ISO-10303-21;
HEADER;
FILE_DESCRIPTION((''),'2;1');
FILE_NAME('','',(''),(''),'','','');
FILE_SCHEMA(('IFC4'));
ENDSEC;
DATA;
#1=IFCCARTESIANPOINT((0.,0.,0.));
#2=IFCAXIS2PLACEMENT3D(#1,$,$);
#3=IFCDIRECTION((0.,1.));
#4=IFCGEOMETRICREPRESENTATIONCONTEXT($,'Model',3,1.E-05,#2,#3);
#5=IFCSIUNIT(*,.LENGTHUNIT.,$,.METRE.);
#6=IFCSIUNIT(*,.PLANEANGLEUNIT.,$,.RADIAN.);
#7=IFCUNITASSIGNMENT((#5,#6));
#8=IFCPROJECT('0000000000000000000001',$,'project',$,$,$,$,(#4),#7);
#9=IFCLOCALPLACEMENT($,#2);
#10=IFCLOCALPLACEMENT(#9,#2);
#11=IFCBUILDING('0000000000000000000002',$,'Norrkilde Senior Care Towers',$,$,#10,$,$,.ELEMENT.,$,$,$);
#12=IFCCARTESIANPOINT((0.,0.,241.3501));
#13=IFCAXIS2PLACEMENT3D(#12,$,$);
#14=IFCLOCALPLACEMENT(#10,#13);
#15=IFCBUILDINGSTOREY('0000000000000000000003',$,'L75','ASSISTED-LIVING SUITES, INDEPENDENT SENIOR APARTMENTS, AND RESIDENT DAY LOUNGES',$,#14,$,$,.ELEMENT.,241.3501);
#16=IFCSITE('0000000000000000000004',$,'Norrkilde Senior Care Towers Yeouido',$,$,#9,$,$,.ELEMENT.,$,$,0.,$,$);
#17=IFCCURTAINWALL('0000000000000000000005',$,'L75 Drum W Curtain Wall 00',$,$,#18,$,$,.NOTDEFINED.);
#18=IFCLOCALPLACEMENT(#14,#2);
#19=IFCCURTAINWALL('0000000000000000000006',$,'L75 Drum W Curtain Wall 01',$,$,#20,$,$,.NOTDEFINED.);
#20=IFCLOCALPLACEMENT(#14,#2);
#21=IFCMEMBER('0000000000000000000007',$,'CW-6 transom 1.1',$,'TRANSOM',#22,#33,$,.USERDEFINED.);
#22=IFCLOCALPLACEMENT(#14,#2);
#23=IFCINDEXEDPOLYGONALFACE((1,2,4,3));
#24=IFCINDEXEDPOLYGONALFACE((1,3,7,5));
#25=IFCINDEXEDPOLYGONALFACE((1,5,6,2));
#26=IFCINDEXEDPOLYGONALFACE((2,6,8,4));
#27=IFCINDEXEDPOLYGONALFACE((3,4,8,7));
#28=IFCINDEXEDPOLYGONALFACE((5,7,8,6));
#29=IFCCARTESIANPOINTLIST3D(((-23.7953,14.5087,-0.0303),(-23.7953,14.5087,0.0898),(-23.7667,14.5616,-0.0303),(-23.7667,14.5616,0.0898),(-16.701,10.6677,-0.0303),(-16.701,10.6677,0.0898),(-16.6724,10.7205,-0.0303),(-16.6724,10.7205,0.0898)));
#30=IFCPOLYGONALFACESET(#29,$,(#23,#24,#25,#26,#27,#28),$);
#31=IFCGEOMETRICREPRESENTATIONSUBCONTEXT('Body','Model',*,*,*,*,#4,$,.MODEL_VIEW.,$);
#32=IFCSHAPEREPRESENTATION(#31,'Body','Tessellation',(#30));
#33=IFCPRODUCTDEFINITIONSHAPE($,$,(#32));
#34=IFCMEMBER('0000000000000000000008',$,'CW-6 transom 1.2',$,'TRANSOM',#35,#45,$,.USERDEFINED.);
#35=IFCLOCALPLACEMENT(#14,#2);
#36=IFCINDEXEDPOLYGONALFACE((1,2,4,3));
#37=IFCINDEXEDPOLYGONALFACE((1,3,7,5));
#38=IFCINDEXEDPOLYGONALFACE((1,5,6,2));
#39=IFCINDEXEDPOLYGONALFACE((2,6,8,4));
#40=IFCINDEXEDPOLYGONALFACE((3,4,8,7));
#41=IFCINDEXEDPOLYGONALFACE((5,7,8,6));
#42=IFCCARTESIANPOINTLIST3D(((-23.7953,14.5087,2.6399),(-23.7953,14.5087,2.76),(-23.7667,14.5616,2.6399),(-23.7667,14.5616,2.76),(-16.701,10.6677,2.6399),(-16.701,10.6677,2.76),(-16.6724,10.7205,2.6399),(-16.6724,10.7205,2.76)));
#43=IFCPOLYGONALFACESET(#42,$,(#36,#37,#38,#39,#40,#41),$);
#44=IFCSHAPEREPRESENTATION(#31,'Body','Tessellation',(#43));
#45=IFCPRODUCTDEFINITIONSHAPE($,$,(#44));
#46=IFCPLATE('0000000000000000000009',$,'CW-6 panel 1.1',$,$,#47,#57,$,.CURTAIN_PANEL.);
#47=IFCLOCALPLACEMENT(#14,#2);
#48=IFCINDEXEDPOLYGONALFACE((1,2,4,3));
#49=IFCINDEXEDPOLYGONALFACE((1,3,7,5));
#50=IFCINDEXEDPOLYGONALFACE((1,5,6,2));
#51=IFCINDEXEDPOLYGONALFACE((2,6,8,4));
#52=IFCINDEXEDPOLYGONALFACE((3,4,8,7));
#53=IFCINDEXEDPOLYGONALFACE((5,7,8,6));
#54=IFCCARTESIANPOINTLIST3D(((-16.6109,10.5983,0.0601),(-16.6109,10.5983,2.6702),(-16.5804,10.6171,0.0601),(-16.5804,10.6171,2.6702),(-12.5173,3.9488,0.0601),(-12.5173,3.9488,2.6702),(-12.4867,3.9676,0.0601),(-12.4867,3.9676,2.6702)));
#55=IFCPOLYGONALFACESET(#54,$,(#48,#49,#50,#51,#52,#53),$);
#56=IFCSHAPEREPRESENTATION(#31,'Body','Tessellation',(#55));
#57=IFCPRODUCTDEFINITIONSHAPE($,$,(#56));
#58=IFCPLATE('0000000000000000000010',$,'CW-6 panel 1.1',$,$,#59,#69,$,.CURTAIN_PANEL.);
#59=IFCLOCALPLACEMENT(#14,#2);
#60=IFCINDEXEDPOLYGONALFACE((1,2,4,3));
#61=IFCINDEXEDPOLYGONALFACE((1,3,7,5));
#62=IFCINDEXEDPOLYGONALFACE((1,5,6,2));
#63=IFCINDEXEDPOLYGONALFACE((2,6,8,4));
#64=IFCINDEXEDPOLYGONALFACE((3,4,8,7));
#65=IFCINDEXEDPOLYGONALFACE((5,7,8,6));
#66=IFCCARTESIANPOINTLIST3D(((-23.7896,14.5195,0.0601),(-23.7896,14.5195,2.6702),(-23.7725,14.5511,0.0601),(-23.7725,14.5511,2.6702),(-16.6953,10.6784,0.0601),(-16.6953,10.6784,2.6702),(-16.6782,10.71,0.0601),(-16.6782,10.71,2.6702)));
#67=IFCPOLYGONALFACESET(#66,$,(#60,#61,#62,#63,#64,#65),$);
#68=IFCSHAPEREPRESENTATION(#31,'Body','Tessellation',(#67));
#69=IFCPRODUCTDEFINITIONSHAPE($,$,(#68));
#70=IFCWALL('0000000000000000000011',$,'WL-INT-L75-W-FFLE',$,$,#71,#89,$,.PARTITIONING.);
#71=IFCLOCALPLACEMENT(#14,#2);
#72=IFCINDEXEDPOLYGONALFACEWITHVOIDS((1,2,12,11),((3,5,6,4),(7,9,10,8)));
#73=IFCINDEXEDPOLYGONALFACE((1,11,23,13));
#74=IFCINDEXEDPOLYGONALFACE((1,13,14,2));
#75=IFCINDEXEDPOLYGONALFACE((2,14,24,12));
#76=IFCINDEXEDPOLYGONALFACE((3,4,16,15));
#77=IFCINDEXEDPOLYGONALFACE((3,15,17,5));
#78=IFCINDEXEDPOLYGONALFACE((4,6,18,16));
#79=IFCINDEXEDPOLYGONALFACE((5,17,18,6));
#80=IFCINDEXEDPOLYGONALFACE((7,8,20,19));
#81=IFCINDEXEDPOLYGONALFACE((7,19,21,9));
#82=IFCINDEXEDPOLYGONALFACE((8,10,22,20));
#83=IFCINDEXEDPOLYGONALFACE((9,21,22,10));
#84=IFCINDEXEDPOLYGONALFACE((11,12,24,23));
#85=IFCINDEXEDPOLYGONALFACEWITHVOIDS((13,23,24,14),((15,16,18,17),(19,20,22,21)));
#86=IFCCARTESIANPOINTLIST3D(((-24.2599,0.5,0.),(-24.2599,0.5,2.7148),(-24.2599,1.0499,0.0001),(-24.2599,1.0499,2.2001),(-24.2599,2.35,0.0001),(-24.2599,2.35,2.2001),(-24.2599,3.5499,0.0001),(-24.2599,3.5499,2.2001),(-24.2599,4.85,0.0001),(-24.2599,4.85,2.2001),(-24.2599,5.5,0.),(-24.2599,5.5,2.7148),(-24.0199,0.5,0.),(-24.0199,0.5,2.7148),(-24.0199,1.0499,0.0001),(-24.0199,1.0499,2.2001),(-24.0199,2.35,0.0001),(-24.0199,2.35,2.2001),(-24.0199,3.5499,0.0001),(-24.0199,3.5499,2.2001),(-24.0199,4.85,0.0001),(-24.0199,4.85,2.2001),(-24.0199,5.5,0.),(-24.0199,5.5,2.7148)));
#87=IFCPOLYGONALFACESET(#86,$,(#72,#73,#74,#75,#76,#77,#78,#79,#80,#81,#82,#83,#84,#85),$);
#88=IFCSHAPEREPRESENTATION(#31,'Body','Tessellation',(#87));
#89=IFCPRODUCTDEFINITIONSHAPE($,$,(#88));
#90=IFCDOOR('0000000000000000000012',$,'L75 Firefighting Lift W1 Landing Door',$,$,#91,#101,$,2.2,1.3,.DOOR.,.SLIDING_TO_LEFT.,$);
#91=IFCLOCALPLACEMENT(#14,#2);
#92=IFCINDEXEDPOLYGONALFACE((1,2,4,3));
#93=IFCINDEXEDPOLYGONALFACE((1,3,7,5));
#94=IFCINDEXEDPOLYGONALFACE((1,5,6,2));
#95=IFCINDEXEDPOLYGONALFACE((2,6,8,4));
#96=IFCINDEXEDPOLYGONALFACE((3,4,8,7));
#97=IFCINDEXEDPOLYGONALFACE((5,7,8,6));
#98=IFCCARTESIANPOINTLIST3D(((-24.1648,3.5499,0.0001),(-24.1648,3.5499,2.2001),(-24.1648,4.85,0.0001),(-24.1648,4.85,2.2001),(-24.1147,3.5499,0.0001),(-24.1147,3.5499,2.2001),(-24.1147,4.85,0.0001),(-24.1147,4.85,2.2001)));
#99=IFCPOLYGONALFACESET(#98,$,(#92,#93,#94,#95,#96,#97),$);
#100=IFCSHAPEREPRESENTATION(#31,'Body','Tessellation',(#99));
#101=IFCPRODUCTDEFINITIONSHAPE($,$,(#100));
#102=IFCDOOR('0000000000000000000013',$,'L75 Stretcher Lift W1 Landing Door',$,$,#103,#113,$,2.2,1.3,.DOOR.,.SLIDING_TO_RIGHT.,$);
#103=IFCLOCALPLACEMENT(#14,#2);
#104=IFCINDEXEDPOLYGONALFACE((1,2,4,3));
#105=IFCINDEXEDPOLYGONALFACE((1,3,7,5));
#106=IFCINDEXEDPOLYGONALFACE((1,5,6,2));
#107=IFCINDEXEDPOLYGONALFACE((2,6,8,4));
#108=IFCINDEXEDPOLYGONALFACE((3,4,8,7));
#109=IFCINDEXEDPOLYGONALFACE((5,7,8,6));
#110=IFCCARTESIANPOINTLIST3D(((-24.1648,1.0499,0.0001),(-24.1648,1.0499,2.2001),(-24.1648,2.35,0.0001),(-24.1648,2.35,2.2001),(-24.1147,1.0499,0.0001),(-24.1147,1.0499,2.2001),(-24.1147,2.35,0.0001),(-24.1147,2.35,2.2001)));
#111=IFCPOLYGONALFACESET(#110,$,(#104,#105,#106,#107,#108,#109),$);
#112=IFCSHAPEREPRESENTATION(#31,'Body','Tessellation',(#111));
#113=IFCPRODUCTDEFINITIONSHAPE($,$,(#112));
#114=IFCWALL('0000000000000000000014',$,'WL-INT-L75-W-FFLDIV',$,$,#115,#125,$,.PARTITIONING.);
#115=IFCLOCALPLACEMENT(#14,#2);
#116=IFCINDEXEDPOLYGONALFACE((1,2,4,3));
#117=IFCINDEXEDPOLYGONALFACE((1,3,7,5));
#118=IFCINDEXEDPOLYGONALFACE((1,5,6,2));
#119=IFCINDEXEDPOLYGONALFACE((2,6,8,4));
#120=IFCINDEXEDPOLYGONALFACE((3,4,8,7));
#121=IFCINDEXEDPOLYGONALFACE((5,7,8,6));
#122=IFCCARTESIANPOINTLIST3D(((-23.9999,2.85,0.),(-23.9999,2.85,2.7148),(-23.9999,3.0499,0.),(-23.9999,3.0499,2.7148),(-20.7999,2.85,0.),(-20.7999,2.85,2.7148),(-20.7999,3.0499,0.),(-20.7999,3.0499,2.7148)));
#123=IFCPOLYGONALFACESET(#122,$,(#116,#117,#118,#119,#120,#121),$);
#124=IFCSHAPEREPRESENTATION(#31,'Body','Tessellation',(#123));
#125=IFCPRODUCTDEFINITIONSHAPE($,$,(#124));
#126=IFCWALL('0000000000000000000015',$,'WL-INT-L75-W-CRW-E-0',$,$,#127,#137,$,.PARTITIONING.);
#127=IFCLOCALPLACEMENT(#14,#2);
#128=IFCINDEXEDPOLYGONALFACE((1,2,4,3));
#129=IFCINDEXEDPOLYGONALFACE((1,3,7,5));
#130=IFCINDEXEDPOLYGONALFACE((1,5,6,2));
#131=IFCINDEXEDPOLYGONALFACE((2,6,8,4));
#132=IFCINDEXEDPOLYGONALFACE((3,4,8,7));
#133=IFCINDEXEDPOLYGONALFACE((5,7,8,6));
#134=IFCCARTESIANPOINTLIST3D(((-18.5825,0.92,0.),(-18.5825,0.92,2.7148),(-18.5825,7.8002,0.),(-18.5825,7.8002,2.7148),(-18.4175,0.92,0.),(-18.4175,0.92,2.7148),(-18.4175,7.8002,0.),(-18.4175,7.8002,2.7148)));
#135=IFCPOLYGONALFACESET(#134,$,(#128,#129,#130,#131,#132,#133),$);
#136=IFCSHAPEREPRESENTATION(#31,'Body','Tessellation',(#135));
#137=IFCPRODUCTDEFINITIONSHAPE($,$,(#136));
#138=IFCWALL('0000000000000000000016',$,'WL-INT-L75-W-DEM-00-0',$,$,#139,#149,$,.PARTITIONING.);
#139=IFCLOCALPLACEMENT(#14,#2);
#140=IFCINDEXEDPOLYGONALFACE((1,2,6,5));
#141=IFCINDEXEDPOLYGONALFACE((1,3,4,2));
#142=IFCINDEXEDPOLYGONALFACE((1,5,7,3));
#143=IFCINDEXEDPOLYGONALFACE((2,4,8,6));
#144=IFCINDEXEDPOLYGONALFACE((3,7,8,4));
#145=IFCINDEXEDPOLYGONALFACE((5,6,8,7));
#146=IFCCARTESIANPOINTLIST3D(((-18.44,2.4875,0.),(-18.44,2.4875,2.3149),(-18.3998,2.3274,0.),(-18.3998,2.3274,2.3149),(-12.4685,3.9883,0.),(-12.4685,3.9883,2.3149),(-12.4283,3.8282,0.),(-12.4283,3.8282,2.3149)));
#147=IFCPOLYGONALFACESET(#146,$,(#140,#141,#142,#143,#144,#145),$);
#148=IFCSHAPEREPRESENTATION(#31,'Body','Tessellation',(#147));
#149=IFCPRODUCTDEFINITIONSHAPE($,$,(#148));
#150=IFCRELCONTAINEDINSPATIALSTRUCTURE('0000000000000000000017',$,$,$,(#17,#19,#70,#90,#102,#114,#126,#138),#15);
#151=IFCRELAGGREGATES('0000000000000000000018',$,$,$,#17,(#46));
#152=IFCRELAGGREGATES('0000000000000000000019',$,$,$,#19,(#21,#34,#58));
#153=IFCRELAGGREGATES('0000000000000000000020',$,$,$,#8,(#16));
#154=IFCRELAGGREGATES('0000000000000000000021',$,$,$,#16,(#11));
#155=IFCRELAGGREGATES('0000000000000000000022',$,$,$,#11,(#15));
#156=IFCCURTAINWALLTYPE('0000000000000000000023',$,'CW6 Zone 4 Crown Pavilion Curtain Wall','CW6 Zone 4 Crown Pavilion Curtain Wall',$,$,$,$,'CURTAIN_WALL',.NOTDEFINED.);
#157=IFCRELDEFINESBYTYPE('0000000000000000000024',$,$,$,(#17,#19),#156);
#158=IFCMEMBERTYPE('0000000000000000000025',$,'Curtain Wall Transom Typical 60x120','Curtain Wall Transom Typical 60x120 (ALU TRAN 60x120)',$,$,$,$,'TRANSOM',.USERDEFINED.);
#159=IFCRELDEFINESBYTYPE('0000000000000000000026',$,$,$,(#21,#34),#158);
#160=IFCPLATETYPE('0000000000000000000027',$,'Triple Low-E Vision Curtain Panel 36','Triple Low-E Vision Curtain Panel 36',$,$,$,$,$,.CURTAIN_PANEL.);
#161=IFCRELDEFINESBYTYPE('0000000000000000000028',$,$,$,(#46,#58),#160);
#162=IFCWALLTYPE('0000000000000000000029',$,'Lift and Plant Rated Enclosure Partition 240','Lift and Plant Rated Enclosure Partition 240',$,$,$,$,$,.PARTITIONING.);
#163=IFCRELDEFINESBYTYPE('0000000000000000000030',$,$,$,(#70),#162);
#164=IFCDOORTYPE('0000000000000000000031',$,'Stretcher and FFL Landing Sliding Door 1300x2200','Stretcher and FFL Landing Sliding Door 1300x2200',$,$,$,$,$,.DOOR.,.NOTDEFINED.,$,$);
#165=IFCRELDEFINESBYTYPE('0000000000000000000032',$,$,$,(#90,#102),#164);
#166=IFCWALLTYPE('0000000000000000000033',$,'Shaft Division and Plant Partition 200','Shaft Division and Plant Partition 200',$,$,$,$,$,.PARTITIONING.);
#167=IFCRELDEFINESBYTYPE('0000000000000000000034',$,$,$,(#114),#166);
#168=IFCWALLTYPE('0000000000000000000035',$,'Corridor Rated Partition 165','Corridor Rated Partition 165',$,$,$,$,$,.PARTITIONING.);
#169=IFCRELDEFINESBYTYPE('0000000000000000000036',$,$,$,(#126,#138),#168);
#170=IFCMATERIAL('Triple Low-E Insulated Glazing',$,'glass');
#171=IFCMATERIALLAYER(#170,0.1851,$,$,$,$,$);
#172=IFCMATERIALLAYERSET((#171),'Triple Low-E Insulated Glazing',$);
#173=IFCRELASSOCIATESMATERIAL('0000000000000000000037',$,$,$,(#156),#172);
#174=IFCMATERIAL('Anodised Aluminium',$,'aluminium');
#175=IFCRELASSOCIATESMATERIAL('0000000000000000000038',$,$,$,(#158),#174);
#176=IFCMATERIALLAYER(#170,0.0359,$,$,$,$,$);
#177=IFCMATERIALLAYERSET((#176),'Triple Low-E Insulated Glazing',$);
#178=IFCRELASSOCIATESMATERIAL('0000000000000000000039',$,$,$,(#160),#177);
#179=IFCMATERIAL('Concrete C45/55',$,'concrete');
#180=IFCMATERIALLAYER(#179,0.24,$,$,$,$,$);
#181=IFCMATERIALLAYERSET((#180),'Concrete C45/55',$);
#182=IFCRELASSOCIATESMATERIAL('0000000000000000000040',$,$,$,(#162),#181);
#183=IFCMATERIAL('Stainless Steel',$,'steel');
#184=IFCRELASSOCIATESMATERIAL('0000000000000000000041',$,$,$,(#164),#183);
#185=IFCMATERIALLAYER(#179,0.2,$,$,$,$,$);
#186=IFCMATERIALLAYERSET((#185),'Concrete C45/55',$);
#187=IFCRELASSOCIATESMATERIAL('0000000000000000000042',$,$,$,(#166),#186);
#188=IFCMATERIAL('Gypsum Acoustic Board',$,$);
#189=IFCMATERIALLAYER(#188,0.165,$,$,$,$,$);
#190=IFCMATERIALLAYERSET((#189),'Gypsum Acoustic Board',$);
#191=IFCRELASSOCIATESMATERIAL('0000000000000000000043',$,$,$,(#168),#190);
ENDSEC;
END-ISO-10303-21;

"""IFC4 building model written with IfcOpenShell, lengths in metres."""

from ifc_helpers import new_model, si_unit, direction, frame, frame_2d, origin, origin_2d, place, context, subcontext, project, spatial, rectangle, extrude, source, transform, mapped, material, layer, layer_set, material_profile, profile_set, type_object, type_shapes, element, fill, aggregate, save


model = new_model("IFC4")

# Units and contexts
model_context = context("Model", 3, precision=1e-05, world=origin(), true_north=direction((0.0, 1.0)))
body_context = subcontext(model_context, "Body", "Model", "MODEL_VIEW")
ifc_project = project(units=[si_unit("LENGTHUNIT", "METRE"), si_unit("PLANEANGLEUNIT", "RADIAN")], contexts=[model_context])

# Site, building, storey
site_placement = place(None, origin())
site = spatial("IfcSite", under=ifc_project, at=site_placement, Name="Norrkilde Senior Care Towers Yeouido", CompositionType="ELEMENT", RefElevation=0.0)
building_placement = place(site_placement, origin())
building = spatial("IfcBuilding", under=site, at=building_placement, Name="Norrkilde Senior Care Towers", CompositionType="ELEMENT")
storey_placement = place(building_placement, frame((0.0, 0.0, 241.3501)))
storey = spatial("IfcBuildingStorey", under=building, at=storey_placement, Name="L75", Description="ASSISTED-LIVING SUITES, INDEPENDENT SENIOR APARTMENTS, AND RESIDENT DAY LOUNGES", CompositionType="ELEMENT", Elevation=241.3501)

# Curtain wall
ifc_material_1 = material(Name="Triple Low-E Insulated Glazing", Category="glass")
ifc_layer_1 = layer(ifc_material_1, 0.1851)
ifc_layer_set_1 = layer_set([ifc_layer_1], Name="Triple Low-E Insulated Glazing")
curtain_wall_type = type_object("IfcCurtainWallType", Name="CW6 Zone 4 Crown Pavilion Curtain Wall", Description="CW6 Zone 4 Crown Pavilion Curtain Wall", ElementType="CURTAIN_WALL", PredefinedType="NOTDEFINED", material=ifc_layer_set_1)
curtain_wall_1_placement = place(storey_placement, origin())
curtain_wall_1 = element("IfcCurtainWall", 1, at=curtain_wall_1_placement, inside=storey, type_object=curtain_wall_type, Name="L75 Drum W Curtain Wall 00", PredefinedType="NOTDEFINED")
ifc_material_2 = material(Name="Anodised Aluminium", Category="aluminium")

# Curtain wall
curtain_wall_2_placement = place(storey_placement, origin())
curtain_wall_2 = element("IfcCurtainWall", 2, at=curtain_wall_2_placement, inside=storey, type_object=curtain_wall_type, Name="L75 Drum W Curtain Wall 01", PredefinedType="NOTDEFINED")

# Members
ifc_material_profile_1 = material_profile(ifc_material_2, rectangle(XDim=0.0601, YDim=0.1201, at=origin_2d()), Name="ALU TRAN 60x120")
ifc_profile_set_1 = profile_set([ifc_material_profile_1], Name="Anodised Aluminium")
member_type_1 = type_object("IfcMemberType", Name="Curtain Wall Transom Typical 60x120", Description="Curtain Wall Transom Typical 60x120 (ALU TRAN 60x120)", ElementType="TRANSOM", PredefinedType="USERDEFINED", material=ifc_profile_set_1)
shared_shape_1 = source(origin(), body_context, "Body", "SweptSolid", [
    extrude(rectangle(XDim=0.0601, YDim=0.1201, at=origin_2d()), origin(), (0.0, 0.0, 1.0), 8.0674),
])
member_1_placement = place(storey_placement, frame((-23.781, 14.5352, 0.0298), z_axis=(0.879378, -0.476125, 0.0), x_axis=(0.476125, 0.879378, 0.0)))
member_1 = element("IfcMember", 3, at=member_1_placement, type_object=member_type_1, Name="CW-6 transom 1.1", ObjectType="TRANSOM", PredefinedType="USERDEFINED", context=body_context, shape_type="MappedRepresentation", body=[
    mapped(shared_shape_1, transform((0.0, 0.0, 0.0), x_axis=(1.0, 0.0, 0.0), y_axis=(0.0, 1.0, 0.0), z_axis=(0.0, 0.0, 1.0), scale=1.0)),
])
member_2_placement = place(storey_placement, frame((-23.781, 14.5352, 2.7), z_axis=(0.879378, -0.476125, 0.0), x_axis=(0.476125, 0.879378, 0.0)))
member_2 = element("IfcMember", 4, at=member_2_placement, type_object=member_type_1, Name="CW-6 transom 1.2", ObjectType="TRANSOM", PredefinedType="USERDEFINED", context=body_context, shape_type="MappedRepresentation", body=[
    mapped(shared_shape_1, transform((0.0, 0.0, 0.0), x_axis=(1.0, 0.0, 0.0), y_axis=(0.0, 1.0, 0.0), z_axis=(0.0, 0.0, 1.0), scale=1.0)),
])

# Plates
ifc_layer_2 = layer(ifc_material_1, 0.0359)
ifc_layer_set_2 = layer_set([ifc_layer_2], Name="Triple Low-E Insulated Glazing")
plate_type = type_object("IfcPlateType", Name="Triple Low-E Vision Curtain Panel 36", Description="Triple Low-E Vision Curtain Panel 36", PredefinedType="CURTAIN_PANEL", material=ifc_layer_set_2)
shared_shape_2 = source(origin(), body_context, "Body", "SweptSolid", [
    extrude(rectangle(XDim=7.8086, YDim=0.0359, at=origin_2d()), origin(), (0.0, 0.0, 1.0), 2.6101),
])
plate_1_placement = place(storey_placement, frame((-14.5488, 7.283, 0.0601), z_axis=(0.0, 0.0, 1.0), x_axis=(0.524253, -0.851563, 0.0)))
plate_1 = element("IfcPlate", 5, at=plate_1_placement, type_object=plate_type, Name="CW-6 panel 1.1", PredefinedType="CURTAIN_PANEL", context=body_context, shape_type="MappedRepresentation", body=[
    mapped(shared_shape_2, transform((0.0, 0.0, 0.0), x_axis=(1.0, 0.0, 0.0), y_axis=(0.0, 1.0, 0.0), z_axis=(0.0, 0.0, 1.0), scale=1.0)),
])
aggregate(curtain_wall_1, [plate_1])
shared_shape_3 = source(origin(), body_context, "Body", "SweptSolid", [
    extrude(rectangle(XDim=8.0674, YDim=0.0359, at=origin_2d()), origin(), (0.0, 0.0, 1.0), 2.6101),
])
type_shapes(plate_type, [shared_shape_2, shared_shape_3])
plate_2_placement = place(storey_placement, frame((-20.2339, 12.6147, 0.0601), z_axis=(0.0, 0.0, 1.0), x_axis=(0.879373, -0.476133, 0.0)))
plate_2 = element("IfcPlate", 6, at=plate_2_placement, type_object=plate_type, Name="CW-6 panel 1.1", PredefinedType="CURTAIN_PANEL", context=body_context, shape_type="MappedRepresentation", body=[
    mapped(shared_shape_3, transform((0.0, 0.0, 0.0), x_axis=(1.0, 0.0, 0.0), y_axis=(0.0, 1.0, 0.0), z_axis=(0.0, 0.0, 1.0), scale=1.0)),
])
aggregate(curtain_wall_2, [member_1, member_2, plate_2])

# Wall, openings, doors
ifc_material_3 = material(Name="Concrete C45/55", Category="concrete")
ifc_layer_3 = layer(ifc_material_3, 0.24)
ifc_layer_set_3 = layer_set([ifc_layer_3], Name="Concrete C45/55")
wall_type_1 = type_object("IfcWallType", Name="Lift and Plant Rated Enclosure Partition 240", Description="Lift and Plant Rated Enclosure Partition 240", PredefinedType="PARTITIONING", material=ifc_layer_set_3)
shared_shape_4 = source(origin(), body_context, "Body", "SweptSolid", [
    extrude(rectangle(XDim=5.0, YDim=0.24, at=frame_2d((2.5, 0.0))), origin(), (0.0, 0.0, 1.0), 2.7148),
])
type_shapes(wall_type_1, [shared_shape_4])
wall_1_placement = place(storey_placement, frame((-24.1399, 0.5, 0.0), z_axis=(0.0, 0.0, 1.0), x_axis=(0.0, 1.0, 0.0)))
wall_1 = element("IfcWall", 7, at=wall_1_placement, inside=storey, type_object=wall_type_1, Name="WL-INT-L75-W-FFLE", PredefinedType="PARTITIONING", context=body_context, shape_type="MappedRepresentation", body=[
    mapped(shared_shape_4, transform((0.0, 0.0, 0.0), x_axis=(1.0, 0.0, 0.0), y_axis=(0.0, 1.0, 0.0), z_axis=(0.0, 0.0, 1.0), scale=1.0)),
])
opening_1_placement = place(wall_1_placement, frame((3.05, 0.0, 0.0)))
opening_1 = element("IfcOpeningElement", 8, at=opening_1_placement, cuts=wall_1, PredefinedType="OPENING", context=body_context, shape_type="SweptSolid", body=[
    extrude(rectangle(XDim=1.3, YDim=2.2, at=frame_2d((0.6499, 1.1001))), frame((0.0, 0.1299, 0.0), z_axis=(0.0, -1.0, 0.0), x_axis=(1.0, 0.0, 0.0)), (0.0, 0.0, 1.0), 0.26),
])
opening_2_placement = place(wall_1_placement, frame((0.55, 0.0, 0.0)))
opening_2 = element("IfcOpeningElement", 9, at=opening_2_placement, cuts=wall_1, PredefinedType="OPENING", context=body_context, shape_type="SweptSolid", body=[
    extrude(rectangle(XDim=1.3, YDim=2.2, at=frame_2d((0.6499, 1.1001))), frame((0.0, 0.1299, 0.0), z_axis=(0.0, -1.0, 0.0), x_axis=(1.0, 0.0, 0.0)), (0.0, 0.0, 1.0), 0.26),
])
ifc_material_4 = material(Name="Stainless Steel", Category="steel")
door_type_1 = type_object("IfcDoorType", Name="Stretcher and FFL Landing Sliding Door 1300x2200", Description="Stretcher and FFL Landing Sliding Door 1300x2200", OperationType="NOTDEFINED", PredefinedType="DOOR", material=ifc_material_4)
shared_shape_5 = source(origin(), body_context, "Body", "SweptSolid", [
    extrude(rectangle(XDim=1.3, YDim=2.2, at=frame_2d((0.6499, 1.1001))), frame((0.0, 0.0249, 0.0), z_axis=(0.0, -1.0, 0.0), x_axis=(1.0, 0.0, 0.0)), (0.0, 0.0, 1.0), 0.05),
])
type_shapes(door_type_1, [shared_shape_5])
door_1_placement = place(opening_1_placement, origin())
door_1 = element("IfcDoor", 10, at=door_1_placement, inside=storey, type_object=door_type_1, Name="L75 Firefighting Lift W1 Landing Door", OperationType="SLIDING_TO_LEFT", OverallHeight=2.2, OverallWidth=1.3, PredefinedType="DOOR", context=body_context, shape_type="MappedRepresentation", body=[
    mapped(shared_shape_5, transform((0.0, 0.0, 0.0), x_axis=(1.0, 0.0, 0.0), y_axis=(0.0, 1.0, 0.0), z_axis=(0.0, 0.0, 1.0), scale=1.0)),
])
fill(opening_1, door_1)
door_2_placement = place(opening_2_placement, origin())
door_2 = element("IfcDoor", 11, at=door_2_placement, inside=storey, type_object=door_type_1, Name="L75 Stretcher Lift W1 Landing Door", OperationType="SLIDING_TO_RIGHT", OverallHeight=2.2, OverallWidth=1.3, PredefinedType="DOOR", context=body_context, shape_type="MappedRepresentation", body=[
    mapped(shared_shape_5, transform((0.0, 0.0, 0.0), x_axis=(1.0, 0.0, 0.0), y_axis=(0.0, 1.0, 0.0), z_axis=(0.0, 0.0, 1.0), scale=1.0)),
])
fill(opening_2, door_2)

# Walls
ifc_layer_4 = layer(ifc_material_3, 0.2)
ifc_layer_set_4 = layer_set([ifc_layer_4], Name="Concrete C45/55")
wall_type_2 = type_object("IfcWallType", Name="Shaft Division and Plant Partition 200", Description="Shaft Division and Plant Partition 200", PredefinedType="PARTITIONING", material=ifc_layer_set_4)
shared_shape_6 = source(origin(), body_context, "Body", "SweptSolid", [
    extrude(rectangle(XDim=3.2, YDim=0.2, at=frame_2d((1.6001, 0.0))), origin(), (0.0, 0.0, 1.0), 2.7148),
])
type_shapes(wall_type_2, [shared_shape_6])
wall_2_placement = place(storey_placement, frame((-24.0, 2.95, 0.0), z_axis=(0.0, 0.0, 1.0), x_axis=(1.0, 0.0, 0.0)))
element("IfcWall", 12, at=wall_2_placement, inside=storey, type_object=wall_type_2, Name="WL-INT-L75-W-FFLDIV", PredefinedType="PARTITIONING", context=body_context, shape_type="MappedRepresentation", body=[
    mapped(shared_shape_6, transform((0.0, 0.0, 0.0), x_axis=(1.0, 0.0, 0.0), y_axis=(0.0, 1.0, 0.0), z_axis=(0.0, 0.0, 1.0), scale=1.0)),
])
ifc_material_5 = material(Name="Gypsum Acoustic Board")
ifc_layer_5 = layer(ifc_material_5, 0.165)
ifc_layer_set_5 = layer_set([ifc_layer_5], Name="Gypsum Acoustic Board")
wall_type_3 = type_object("IfcWallType", Name="Corridor Rated Partition 165", Description="Corridor Rated Partition 165", PredefinedType="PARTITIONING", material=ifc_layer_set_5)
shared_shape_7 = source(origin(), body_context, "Body", "SweptSolid", [
    extrude(rectangle(XDim=6.8801, YDim=0.165, at=frame_2d((3.4399, 0.0))), origin(), (0.0, 0.0, 1.0), 2.7148),
])
wall_3_placement = place(storey_placement, frame((-18.5, 7.8, 0.0), z_axis=(0.0, 0.0, 1.0), x_axis=(0.0, -1.0, 0.0)))
element("IfcWall", 13, at=wall_3_placement, inside=storey, type_object=wall_type_3, Name="WL-INT-L75-W-CRW-E-0", PredefinedType="PARTITIONING", context=body_context, shape_type="MappedRepresentation", body=[
    mapped(shared_shape_7, transform((0.0, 0.0, 0.0), x_axis=(1.0, 0.0, 0.0), y_axis=(0.0, 1.0, 0.0), z_axis=(0.0, 0.0, 1.0), scale=1.0)),
])
shared_shape_8 = source(origin(), body_context, "Body", "SweptSolid", [
    extrude(rectangle(XDim=6.1572, YDim=0.165, at=frame_2d((3.0786, 0.0))), origin(), (0.0, 0.0, 1.0), 2.3149),
])
wall_4_placement = place(storey_placement, frame((-18.4199, 2.4075, 0.0), z_axis=(0.0, 0.0, 1.0), x_axis=(0.969841, 0.243739, 0.0)))
element("IfcWall", 14, at=wall_4_placement, inside=storey, type_object=wall_type_3, Name="WL-INT-L75-W-DEM-00-0", PredefinedType="PARTITIONING", context=body_context, shape_type="MappedRepresentation", body=[
    mapped(shared_shape_8, transform((0.0, 0.0, 0.0), x_axis=(1.0, 0.0, 0.0), y_axis=(0.0, 1.0, 0.0), z_axis=(0.0, 0.0, 1.0), scale=1.0)),
])

save(model, "model.ifc")
